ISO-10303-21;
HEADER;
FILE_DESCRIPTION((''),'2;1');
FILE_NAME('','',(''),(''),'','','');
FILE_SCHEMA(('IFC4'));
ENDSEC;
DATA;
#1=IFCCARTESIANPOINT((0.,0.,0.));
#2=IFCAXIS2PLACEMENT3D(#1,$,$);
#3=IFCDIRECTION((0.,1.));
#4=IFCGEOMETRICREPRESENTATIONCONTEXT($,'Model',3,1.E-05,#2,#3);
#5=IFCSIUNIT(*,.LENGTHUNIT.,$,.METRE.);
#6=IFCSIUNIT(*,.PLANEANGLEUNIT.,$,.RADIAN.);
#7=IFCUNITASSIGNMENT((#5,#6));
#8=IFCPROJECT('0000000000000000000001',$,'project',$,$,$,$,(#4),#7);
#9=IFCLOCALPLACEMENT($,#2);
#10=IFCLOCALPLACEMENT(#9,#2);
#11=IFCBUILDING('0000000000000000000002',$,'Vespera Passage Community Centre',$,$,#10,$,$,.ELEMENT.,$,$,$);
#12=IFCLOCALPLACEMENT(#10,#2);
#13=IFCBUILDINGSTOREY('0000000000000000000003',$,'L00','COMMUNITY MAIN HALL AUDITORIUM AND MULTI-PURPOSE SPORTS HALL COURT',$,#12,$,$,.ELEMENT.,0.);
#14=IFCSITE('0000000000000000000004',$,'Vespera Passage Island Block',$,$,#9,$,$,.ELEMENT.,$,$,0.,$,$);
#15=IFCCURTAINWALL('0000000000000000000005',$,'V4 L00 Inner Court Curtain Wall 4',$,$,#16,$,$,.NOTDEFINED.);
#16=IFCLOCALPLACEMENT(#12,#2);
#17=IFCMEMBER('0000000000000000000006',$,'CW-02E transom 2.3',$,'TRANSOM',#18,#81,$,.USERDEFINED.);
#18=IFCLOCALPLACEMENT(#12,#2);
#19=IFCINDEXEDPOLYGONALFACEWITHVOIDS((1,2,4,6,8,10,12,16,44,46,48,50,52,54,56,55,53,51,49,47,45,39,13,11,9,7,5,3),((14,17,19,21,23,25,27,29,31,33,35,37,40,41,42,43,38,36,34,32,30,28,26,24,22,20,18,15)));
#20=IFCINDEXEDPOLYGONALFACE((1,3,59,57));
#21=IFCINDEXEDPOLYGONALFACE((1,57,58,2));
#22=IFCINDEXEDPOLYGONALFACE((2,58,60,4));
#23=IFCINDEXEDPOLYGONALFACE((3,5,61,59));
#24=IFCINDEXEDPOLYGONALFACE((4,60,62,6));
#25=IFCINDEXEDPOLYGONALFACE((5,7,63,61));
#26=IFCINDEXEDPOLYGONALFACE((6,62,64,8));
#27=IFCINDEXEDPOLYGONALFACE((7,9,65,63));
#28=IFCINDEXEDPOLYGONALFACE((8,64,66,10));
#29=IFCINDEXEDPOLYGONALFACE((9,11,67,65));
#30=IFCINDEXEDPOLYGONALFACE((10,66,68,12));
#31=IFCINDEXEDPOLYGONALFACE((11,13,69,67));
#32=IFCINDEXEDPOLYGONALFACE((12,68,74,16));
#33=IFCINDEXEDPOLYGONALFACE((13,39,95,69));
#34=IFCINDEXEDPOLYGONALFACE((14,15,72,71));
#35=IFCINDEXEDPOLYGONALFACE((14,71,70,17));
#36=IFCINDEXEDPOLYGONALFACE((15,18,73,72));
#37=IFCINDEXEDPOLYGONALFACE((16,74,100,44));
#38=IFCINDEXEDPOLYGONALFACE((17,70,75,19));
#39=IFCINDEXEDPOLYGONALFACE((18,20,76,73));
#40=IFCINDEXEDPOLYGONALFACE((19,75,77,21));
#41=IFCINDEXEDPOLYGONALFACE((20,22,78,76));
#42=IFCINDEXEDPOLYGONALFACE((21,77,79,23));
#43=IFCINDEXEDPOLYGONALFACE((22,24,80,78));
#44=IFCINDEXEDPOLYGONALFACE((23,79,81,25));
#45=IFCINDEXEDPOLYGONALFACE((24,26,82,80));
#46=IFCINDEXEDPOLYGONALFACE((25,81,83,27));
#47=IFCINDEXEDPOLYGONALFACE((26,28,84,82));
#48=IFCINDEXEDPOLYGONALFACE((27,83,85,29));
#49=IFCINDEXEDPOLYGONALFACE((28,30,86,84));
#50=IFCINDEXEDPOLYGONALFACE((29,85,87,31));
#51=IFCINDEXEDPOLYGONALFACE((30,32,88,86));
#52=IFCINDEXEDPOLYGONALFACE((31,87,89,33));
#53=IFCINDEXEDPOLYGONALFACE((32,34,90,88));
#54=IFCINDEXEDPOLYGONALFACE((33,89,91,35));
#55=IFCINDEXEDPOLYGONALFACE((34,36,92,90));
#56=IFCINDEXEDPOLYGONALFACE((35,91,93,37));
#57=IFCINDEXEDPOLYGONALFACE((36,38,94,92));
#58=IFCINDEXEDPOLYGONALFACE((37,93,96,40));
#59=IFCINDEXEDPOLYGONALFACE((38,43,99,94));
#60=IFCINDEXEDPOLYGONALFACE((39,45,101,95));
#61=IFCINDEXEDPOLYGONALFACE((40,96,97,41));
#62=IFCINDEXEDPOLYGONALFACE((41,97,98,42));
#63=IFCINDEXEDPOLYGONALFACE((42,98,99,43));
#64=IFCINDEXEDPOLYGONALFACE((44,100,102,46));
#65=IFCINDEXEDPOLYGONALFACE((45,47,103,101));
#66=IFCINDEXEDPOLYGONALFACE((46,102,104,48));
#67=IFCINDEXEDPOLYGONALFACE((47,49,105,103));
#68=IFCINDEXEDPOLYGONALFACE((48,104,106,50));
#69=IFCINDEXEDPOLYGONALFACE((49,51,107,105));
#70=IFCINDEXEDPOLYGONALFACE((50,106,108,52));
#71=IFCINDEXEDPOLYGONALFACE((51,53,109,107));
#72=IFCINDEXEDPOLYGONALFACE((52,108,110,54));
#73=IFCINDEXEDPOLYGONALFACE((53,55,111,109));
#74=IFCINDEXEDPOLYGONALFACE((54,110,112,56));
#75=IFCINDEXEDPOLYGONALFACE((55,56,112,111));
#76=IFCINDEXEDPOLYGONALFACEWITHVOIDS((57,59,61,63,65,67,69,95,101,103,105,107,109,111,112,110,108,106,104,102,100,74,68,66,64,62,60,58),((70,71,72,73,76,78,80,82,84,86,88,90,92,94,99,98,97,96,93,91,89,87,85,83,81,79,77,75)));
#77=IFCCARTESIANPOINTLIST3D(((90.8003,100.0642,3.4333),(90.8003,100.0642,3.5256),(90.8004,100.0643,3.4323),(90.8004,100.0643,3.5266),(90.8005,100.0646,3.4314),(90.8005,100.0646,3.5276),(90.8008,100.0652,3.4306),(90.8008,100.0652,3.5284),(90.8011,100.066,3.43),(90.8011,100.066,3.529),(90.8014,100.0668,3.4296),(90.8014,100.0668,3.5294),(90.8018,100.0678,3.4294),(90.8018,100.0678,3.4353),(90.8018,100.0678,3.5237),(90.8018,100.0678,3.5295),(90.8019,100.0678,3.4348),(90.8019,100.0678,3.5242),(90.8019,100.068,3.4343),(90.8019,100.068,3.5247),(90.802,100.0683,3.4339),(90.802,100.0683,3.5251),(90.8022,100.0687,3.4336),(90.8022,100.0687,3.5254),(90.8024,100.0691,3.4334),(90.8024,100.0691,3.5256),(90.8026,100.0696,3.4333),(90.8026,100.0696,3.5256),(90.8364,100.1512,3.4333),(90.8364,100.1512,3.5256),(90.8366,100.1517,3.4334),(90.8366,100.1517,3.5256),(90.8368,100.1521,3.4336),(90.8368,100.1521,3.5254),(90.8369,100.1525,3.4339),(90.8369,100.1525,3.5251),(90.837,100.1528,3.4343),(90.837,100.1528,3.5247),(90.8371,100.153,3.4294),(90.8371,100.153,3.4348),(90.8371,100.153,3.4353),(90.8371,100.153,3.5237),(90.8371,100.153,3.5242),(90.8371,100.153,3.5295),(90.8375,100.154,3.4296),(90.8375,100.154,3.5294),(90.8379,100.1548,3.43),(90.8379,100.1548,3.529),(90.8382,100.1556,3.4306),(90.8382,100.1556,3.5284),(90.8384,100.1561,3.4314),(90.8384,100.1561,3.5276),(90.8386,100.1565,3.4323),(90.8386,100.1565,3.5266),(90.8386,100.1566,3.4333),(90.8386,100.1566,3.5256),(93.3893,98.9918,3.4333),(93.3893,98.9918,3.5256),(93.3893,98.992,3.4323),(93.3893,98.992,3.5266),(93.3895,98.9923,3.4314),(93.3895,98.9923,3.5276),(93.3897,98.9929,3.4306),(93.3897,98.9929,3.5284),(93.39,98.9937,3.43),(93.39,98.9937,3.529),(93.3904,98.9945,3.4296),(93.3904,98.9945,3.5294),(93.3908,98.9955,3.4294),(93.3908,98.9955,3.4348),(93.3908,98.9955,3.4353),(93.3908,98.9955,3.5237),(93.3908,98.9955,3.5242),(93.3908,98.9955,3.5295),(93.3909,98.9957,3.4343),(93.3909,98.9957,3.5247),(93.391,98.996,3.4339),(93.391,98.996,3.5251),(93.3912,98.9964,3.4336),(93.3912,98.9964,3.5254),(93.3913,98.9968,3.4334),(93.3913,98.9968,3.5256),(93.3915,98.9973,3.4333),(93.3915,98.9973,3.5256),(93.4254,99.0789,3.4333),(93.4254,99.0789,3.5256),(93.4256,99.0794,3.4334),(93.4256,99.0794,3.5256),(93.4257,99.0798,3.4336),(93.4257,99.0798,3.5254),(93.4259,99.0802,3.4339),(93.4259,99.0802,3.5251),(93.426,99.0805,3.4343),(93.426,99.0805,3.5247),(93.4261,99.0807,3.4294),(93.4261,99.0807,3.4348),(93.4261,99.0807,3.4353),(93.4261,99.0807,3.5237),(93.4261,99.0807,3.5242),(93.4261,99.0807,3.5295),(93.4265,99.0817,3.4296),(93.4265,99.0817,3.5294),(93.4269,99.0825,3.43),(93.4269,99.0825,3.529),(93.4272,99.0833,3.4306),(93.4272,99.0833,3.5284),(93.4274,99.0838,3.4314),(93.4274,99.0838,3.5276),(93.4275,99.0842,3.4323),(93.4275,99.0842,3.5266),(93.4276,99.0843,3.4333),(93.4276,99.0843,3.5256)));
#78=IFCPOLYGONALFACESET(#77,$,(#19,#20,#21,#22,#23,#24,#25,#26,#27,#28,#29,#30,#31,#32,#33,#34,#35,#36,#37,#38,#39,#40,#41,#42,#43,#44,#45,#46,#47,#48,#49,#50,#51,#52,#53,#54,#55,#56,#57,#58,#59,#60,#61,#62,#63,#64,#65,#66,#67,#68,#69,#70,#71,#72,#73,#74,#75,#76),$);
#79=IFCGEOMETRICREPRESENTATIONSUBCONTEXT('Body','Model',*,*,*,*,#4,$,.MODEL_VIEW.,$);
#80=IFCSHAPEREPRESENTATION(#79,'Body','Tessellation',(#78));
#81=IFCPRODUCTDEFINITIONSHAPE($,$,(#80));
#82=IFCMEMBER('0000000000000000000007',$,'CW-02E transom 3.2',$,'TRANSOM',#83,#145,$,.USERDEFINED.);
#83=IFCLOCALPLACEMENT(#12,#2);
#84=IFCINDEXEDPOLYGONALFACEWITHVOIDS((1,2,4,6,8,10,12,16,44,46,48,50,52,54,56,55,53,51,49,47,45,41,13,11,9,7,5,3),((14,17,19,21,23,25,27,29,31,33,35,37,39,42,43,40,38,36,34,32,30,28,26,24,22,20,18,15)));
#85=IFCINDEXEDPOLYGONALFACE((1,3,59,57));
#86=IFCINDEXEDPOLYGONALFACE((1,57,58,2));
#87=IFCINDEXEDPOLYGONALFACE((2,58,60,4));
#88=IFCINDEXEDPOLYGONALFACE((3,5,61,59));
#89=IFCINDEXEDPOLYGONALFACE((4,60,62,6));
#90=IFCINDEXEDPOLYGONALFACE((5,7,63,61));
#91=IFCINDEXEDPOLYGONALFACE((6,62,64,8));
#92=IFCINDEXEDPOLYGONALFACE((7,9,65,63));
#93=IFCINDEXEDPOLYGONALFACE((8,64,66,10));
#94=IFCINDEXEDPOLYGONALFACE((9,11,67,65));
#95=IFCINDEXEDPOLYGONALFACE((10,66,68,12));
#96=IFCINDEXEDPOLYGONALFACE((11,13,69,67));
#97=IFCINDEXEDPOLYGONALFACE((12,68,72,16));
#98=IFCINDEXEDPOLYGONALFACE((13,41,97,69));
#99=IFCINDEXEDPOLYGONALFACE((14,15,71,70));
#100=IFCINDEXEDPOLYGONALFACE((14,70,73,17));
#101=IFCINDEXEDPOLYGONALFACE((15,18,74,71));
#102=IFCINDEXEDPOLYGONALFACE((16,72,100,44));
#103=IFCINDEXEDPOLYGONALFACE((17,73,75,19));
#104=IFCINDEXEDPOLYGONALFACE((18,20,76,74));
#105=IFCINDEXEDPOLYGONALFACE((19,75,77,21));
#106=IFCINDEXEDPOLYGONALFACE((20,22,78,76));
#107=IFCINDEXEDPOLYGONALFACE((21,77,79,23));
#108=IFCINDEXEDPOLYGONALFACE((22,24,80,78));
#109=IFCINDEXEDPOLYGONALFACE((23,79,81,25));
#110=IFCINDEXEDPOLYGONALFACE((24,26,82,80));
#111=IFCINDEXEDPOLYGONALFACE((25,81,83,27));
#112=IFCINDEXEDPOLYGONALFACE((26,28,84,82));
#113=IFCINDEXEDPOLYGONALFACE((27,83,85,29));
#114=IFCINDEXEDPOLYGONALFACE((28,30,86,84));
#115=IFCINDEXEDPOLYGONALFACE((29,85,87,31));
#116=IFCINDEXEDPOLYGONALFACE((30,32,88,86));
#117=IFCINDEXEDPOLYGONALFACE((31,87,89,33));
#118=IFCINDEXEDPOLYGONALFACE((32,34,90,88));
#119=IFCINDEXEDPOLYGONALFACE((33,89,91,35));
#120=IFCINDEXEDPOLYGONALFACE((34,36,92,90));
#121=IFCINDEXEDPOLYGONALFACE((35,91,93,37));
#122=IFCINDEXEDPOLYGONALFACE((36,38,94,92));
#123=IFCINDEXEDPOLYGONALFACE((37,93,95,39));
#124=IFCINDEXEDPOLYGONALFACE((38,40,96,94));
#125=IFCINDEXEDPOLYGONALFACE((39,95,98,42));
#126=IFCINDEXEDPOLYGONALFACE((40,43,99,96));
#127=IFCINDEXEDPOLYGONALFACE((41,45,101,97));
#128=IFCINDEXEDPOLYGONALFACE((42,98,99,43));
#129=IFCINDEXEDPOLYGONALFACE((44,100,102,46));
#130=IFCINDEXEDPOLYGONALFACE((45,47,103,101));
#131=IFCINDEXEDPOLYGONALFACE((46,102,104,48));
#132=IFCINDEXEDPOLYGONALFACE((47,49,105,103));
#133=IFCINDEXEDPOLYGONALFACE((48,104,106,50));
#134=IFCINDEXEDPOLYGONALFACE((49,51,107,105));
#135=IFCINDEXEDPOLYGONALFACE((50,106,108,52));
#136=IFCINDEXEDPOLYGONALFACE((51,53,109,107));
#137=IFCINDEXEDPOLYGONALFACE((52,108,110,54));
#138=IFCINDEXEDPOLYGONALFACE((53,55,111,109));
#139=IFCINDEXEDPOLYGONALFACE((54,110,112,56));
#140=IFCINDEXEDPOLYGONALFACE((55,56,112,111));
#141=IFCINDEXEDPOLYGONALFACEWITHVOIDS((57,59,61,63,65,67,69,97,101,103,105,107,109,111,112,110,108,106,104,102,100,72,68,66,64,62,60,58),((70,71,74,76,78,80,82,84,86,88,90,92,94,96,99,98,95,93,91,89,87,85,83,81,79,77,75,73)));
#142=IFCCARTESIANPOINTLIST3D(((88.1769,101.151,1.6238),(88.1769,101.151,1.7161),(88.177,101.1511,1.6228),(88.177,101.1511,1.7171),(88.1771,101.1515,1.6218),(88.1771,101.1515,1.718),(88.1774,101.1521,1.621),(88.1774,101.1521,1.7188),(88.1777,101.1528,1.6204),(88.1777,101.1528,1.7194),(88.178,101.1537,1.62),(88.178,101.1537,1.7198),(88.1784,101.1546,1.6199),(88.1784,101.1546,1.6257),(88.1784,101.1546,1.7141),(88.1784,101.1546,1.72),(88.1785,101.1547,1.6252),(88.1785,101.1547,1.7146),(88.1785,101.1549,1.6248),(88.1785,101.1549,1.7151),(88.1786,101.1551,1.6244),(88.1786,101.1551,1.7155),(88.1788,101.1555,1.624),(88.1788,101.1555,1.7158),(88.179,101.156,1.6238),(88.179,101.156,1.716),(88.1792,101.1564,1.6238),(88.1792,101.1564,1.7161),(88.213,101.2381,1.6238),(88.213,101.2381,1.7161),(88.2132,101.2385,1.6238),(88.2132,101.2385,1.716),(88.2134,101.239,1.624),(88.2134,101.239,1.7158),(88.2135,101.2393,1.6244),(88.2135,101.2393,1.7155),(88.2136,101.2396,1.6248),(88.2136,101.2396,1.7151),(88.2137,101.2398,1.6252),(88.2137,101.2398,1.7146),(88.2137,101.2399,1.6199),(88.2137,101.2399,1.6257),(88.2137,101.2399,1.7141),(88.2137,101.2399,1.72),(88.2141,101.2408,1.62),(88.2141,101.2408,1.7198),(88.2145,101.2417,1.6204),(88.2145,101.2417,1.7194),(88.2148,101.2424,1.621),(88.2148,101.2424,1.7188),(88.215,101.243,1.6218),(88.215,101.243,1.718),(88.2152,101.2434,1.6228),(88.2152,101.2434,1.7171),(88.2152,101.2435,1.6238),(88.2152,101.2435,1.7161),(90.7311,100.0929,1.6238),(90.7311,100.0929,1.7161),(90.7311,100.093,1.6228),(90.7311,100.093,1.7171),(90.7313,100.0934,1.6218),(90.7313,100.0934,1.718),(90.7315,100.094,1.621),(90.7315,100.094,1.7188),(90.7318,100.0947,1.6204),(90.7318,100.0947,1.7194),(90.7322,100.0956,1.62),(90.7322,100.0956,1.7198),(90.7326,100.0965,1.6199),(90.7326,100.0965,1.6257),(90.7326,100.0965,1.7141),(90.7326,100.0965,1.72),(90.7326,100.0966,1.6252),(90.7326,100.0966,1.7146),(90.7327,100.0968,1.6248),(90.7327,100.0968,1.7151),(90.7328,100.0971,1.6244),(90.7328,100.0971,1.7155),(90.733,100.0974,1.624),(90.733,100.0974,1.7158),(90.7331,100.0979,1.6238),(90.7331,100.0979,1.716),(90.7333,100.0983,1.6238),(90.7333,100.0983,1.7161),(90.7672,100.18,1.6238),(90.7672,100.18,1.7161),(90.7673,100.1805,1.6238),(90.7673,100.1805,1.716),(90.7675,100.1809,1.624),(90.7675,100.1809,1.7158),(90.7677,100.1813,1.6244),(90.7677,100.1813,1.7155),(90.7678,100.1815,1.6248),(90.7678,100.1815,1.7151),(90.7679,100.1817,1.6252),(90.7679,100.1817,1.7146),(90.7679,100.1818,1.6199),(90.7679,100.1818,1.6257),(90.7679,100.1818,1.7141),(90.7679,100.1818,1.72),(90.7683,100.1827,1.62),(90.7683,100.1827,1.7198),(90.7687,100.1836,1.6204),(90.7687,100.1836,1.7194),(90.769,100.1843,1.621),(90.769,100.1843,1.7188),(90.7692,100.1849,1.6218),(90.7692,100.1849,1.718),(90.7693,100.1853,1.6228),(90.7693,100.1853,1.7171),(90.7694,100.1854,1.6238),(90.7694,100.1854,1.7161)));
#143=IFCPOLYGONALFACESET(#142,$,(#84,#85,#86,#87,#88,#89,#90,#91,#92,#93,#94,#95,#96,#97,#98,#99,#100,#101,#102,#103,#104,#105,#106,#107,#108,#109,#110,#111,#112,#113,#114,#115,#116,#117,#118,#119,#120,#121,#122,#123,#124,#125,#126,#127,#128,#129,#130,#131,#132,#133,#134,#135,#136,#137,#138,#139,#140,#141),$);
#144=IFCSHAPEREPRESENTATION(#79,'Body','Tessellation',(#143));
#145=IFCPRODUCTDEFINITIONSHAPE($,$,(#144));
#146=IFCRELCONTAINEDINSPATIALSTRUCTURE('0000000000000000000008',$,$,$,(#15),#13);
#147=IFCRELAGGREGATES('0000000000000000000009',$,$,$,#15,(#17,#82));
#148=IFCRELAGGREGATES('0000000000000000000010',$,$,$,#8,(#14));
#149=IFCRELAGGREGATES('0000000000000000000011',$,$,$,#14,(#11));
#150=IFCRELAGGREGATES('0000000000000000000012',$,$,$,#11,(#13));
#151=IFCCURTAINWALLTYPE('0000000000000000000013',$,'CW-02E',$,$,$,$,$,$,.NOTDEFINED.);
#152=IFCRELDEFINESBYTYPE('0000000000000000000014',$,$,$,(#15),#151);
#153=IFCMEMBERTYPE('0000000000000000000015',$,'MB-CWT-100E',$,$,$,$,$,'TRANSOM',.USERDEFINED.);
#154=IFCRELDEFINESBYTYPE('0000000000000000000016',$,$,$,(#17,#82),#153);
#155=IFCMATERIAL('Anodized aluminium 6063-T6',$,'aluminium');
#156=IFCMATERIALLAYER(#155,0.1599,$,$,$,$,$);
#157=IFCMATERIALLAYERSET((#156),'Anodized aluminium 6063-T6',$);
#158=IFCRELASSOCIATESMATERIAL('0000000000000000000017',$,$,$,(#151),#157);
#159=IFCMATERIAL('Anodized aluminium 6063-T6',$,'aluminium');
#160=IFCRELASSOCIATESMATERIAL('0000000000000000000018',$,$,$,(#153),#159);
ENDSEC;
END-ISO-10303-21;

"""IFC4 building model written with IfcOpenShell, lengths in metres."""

from ifc_helpers import new_model, si_unit, direction, frame, origin, origin_2d, place, context, subcontext, project, spatial, hollow_rectangle, extrude, material, layer, layer_set, material_profile, profile_set, type_object, element, aggregate, save


model = new_model("IFC4")

# Units and contexts
model_context = context("Model", 3, precision=1e-05, world=origin(), true_north=direction((0.0, 1.0)))
body_context = subcontext(model_context, "Body", "Model", "MODEL_VIEW")
ifc_project = project(units=[si_unit("LENGTHUNIT", "METRE"), si_unit("PLANEANGLEUNIT", "RADIAN")], contexts=[model_context])

# Site, building, storey
site_placement = place(None, origin())
site = spatial("IfcSite", under=ifc_project, at=site_placement, Name="Vespera Passage Island Block", CompositionType="ELEMENT", RefElevation=0.0)
building_placement = place(site_placement, origin())
building = spatial("IfcBuilding", under=site, at=building_placement, Name="Vespera Passage Community Centre", CompositionType="ELEMENT")
storey_placement = place(building_placement, origin())
storey = spatial("IfcBuildingStorey", under=building, at=storey_placement, Name="L00", Description="COMMUNITY MAIN HALL AUDITORIUM AND MULTI-PURPOSE SPORTS HALL COURT", CompositionType="ELEMENT", Elevation=0.0)

# Curtain wall, members
ifc_material_1 = material(Name="Anodized aluminium 6063-T6", Category="aluminium")
ifc_layer_1 = layer(ifc_material_1, 0.1599)
ifc_layer_set_1 = layer_set([ifc_layer_1], Name="Anodized aluminium 6063-T6")
curtain_wall_type_1 = type_object("IfcCurtainWallType", Name="CW-02E", PredefinedType="NOTDEFINED", material=ifc_layer_set_1)
curtain_wall_1_placement = place(storey_placement, origin())
curtain_wall_1 = element("IfcCurtainWall", 1, at=curtain_wall_1_placement, inside=storey, type_object=curtain_wall_type_1, Name="V4 L00 Inner Court Curtain Wall 4", PredefinedType="NOTDEFINED")
ifc_material_2 = material(Name="Anodized aluminium 6063-T6", Category="aluminium")
ifc_material_profile_1 = material_profile(ifc_material_2, hollow_rectangle(XDim=0.1001, YDim=0.1001, WallThickness=0.0039, InnerFilletRadius=0.002, OuterFilletRadius=0.0039, at=origin_2d()), Name="ALU100X100X4")
ifc_profile_set_1 = profile_set([ifc_material_profile_1], Name="Anodized aluminium 6063-T6")
member_type_1 = type_object("IfcMemberType", Name="MB-CWT-100E", ElementType="TRANSOM", PredefinedType="USERDEFINED", material=ifc_profile_set_1)
member_1_placement = place(storey_placement, frame((93.4084, 99.0381, 3.4795), z_axis=(-0.923889, 0.38266, 0.0), x_axis=(-0.38266, -0.923889, 0.0)))
member_1 = element("IfcMember", 2, at=member_1_placement, type_object=member_type_1, Name="CW-02E transom 2.3", ObjectType="TRANSOM", PredefinedType="USERDEFINED", context=body_context, shape_type="SweptSolid", body=[
    extrude(hollow_rectangle(XDim=0.1001, YDim=0.1001, WallThickness=0.0039, InnerFilletRadius=0.002, OuterFilletRadius=0.0039, at=origin_2d()), origin(), (0.0, 0.0, 1.0), 2.8022),
])
member_2_placement = place(storey_placement, frame((90.7502, 100.1392, 1.6699), z_axis=(-0.923864, 0.382721, 0.0), x_axis=(-0.382721, -0.923864, 0.0)))
member_2 = element("IfcMember", 3, at=member_2_placement, type_object=member_type_1, Name="CW-02E transom 3.2", ObjectType="TRANSOM", PredefinedType="USERDEFINED", context=body_context, shape_type="SweptSolid", body=[
    extrude(hollow_rectangle(XDim=0.1001, YDim=0.1001, WallThickness=0.0039, InnerFilletRadius=0.002, OuterFilletRadius=0.0039, at=origin_2d()), origin(), (0.0, 0.0, 1.0), 2.7646),
])

aggregate(curtain_wall_1, [member_1, member_2])

save(model, "model.ifc")
